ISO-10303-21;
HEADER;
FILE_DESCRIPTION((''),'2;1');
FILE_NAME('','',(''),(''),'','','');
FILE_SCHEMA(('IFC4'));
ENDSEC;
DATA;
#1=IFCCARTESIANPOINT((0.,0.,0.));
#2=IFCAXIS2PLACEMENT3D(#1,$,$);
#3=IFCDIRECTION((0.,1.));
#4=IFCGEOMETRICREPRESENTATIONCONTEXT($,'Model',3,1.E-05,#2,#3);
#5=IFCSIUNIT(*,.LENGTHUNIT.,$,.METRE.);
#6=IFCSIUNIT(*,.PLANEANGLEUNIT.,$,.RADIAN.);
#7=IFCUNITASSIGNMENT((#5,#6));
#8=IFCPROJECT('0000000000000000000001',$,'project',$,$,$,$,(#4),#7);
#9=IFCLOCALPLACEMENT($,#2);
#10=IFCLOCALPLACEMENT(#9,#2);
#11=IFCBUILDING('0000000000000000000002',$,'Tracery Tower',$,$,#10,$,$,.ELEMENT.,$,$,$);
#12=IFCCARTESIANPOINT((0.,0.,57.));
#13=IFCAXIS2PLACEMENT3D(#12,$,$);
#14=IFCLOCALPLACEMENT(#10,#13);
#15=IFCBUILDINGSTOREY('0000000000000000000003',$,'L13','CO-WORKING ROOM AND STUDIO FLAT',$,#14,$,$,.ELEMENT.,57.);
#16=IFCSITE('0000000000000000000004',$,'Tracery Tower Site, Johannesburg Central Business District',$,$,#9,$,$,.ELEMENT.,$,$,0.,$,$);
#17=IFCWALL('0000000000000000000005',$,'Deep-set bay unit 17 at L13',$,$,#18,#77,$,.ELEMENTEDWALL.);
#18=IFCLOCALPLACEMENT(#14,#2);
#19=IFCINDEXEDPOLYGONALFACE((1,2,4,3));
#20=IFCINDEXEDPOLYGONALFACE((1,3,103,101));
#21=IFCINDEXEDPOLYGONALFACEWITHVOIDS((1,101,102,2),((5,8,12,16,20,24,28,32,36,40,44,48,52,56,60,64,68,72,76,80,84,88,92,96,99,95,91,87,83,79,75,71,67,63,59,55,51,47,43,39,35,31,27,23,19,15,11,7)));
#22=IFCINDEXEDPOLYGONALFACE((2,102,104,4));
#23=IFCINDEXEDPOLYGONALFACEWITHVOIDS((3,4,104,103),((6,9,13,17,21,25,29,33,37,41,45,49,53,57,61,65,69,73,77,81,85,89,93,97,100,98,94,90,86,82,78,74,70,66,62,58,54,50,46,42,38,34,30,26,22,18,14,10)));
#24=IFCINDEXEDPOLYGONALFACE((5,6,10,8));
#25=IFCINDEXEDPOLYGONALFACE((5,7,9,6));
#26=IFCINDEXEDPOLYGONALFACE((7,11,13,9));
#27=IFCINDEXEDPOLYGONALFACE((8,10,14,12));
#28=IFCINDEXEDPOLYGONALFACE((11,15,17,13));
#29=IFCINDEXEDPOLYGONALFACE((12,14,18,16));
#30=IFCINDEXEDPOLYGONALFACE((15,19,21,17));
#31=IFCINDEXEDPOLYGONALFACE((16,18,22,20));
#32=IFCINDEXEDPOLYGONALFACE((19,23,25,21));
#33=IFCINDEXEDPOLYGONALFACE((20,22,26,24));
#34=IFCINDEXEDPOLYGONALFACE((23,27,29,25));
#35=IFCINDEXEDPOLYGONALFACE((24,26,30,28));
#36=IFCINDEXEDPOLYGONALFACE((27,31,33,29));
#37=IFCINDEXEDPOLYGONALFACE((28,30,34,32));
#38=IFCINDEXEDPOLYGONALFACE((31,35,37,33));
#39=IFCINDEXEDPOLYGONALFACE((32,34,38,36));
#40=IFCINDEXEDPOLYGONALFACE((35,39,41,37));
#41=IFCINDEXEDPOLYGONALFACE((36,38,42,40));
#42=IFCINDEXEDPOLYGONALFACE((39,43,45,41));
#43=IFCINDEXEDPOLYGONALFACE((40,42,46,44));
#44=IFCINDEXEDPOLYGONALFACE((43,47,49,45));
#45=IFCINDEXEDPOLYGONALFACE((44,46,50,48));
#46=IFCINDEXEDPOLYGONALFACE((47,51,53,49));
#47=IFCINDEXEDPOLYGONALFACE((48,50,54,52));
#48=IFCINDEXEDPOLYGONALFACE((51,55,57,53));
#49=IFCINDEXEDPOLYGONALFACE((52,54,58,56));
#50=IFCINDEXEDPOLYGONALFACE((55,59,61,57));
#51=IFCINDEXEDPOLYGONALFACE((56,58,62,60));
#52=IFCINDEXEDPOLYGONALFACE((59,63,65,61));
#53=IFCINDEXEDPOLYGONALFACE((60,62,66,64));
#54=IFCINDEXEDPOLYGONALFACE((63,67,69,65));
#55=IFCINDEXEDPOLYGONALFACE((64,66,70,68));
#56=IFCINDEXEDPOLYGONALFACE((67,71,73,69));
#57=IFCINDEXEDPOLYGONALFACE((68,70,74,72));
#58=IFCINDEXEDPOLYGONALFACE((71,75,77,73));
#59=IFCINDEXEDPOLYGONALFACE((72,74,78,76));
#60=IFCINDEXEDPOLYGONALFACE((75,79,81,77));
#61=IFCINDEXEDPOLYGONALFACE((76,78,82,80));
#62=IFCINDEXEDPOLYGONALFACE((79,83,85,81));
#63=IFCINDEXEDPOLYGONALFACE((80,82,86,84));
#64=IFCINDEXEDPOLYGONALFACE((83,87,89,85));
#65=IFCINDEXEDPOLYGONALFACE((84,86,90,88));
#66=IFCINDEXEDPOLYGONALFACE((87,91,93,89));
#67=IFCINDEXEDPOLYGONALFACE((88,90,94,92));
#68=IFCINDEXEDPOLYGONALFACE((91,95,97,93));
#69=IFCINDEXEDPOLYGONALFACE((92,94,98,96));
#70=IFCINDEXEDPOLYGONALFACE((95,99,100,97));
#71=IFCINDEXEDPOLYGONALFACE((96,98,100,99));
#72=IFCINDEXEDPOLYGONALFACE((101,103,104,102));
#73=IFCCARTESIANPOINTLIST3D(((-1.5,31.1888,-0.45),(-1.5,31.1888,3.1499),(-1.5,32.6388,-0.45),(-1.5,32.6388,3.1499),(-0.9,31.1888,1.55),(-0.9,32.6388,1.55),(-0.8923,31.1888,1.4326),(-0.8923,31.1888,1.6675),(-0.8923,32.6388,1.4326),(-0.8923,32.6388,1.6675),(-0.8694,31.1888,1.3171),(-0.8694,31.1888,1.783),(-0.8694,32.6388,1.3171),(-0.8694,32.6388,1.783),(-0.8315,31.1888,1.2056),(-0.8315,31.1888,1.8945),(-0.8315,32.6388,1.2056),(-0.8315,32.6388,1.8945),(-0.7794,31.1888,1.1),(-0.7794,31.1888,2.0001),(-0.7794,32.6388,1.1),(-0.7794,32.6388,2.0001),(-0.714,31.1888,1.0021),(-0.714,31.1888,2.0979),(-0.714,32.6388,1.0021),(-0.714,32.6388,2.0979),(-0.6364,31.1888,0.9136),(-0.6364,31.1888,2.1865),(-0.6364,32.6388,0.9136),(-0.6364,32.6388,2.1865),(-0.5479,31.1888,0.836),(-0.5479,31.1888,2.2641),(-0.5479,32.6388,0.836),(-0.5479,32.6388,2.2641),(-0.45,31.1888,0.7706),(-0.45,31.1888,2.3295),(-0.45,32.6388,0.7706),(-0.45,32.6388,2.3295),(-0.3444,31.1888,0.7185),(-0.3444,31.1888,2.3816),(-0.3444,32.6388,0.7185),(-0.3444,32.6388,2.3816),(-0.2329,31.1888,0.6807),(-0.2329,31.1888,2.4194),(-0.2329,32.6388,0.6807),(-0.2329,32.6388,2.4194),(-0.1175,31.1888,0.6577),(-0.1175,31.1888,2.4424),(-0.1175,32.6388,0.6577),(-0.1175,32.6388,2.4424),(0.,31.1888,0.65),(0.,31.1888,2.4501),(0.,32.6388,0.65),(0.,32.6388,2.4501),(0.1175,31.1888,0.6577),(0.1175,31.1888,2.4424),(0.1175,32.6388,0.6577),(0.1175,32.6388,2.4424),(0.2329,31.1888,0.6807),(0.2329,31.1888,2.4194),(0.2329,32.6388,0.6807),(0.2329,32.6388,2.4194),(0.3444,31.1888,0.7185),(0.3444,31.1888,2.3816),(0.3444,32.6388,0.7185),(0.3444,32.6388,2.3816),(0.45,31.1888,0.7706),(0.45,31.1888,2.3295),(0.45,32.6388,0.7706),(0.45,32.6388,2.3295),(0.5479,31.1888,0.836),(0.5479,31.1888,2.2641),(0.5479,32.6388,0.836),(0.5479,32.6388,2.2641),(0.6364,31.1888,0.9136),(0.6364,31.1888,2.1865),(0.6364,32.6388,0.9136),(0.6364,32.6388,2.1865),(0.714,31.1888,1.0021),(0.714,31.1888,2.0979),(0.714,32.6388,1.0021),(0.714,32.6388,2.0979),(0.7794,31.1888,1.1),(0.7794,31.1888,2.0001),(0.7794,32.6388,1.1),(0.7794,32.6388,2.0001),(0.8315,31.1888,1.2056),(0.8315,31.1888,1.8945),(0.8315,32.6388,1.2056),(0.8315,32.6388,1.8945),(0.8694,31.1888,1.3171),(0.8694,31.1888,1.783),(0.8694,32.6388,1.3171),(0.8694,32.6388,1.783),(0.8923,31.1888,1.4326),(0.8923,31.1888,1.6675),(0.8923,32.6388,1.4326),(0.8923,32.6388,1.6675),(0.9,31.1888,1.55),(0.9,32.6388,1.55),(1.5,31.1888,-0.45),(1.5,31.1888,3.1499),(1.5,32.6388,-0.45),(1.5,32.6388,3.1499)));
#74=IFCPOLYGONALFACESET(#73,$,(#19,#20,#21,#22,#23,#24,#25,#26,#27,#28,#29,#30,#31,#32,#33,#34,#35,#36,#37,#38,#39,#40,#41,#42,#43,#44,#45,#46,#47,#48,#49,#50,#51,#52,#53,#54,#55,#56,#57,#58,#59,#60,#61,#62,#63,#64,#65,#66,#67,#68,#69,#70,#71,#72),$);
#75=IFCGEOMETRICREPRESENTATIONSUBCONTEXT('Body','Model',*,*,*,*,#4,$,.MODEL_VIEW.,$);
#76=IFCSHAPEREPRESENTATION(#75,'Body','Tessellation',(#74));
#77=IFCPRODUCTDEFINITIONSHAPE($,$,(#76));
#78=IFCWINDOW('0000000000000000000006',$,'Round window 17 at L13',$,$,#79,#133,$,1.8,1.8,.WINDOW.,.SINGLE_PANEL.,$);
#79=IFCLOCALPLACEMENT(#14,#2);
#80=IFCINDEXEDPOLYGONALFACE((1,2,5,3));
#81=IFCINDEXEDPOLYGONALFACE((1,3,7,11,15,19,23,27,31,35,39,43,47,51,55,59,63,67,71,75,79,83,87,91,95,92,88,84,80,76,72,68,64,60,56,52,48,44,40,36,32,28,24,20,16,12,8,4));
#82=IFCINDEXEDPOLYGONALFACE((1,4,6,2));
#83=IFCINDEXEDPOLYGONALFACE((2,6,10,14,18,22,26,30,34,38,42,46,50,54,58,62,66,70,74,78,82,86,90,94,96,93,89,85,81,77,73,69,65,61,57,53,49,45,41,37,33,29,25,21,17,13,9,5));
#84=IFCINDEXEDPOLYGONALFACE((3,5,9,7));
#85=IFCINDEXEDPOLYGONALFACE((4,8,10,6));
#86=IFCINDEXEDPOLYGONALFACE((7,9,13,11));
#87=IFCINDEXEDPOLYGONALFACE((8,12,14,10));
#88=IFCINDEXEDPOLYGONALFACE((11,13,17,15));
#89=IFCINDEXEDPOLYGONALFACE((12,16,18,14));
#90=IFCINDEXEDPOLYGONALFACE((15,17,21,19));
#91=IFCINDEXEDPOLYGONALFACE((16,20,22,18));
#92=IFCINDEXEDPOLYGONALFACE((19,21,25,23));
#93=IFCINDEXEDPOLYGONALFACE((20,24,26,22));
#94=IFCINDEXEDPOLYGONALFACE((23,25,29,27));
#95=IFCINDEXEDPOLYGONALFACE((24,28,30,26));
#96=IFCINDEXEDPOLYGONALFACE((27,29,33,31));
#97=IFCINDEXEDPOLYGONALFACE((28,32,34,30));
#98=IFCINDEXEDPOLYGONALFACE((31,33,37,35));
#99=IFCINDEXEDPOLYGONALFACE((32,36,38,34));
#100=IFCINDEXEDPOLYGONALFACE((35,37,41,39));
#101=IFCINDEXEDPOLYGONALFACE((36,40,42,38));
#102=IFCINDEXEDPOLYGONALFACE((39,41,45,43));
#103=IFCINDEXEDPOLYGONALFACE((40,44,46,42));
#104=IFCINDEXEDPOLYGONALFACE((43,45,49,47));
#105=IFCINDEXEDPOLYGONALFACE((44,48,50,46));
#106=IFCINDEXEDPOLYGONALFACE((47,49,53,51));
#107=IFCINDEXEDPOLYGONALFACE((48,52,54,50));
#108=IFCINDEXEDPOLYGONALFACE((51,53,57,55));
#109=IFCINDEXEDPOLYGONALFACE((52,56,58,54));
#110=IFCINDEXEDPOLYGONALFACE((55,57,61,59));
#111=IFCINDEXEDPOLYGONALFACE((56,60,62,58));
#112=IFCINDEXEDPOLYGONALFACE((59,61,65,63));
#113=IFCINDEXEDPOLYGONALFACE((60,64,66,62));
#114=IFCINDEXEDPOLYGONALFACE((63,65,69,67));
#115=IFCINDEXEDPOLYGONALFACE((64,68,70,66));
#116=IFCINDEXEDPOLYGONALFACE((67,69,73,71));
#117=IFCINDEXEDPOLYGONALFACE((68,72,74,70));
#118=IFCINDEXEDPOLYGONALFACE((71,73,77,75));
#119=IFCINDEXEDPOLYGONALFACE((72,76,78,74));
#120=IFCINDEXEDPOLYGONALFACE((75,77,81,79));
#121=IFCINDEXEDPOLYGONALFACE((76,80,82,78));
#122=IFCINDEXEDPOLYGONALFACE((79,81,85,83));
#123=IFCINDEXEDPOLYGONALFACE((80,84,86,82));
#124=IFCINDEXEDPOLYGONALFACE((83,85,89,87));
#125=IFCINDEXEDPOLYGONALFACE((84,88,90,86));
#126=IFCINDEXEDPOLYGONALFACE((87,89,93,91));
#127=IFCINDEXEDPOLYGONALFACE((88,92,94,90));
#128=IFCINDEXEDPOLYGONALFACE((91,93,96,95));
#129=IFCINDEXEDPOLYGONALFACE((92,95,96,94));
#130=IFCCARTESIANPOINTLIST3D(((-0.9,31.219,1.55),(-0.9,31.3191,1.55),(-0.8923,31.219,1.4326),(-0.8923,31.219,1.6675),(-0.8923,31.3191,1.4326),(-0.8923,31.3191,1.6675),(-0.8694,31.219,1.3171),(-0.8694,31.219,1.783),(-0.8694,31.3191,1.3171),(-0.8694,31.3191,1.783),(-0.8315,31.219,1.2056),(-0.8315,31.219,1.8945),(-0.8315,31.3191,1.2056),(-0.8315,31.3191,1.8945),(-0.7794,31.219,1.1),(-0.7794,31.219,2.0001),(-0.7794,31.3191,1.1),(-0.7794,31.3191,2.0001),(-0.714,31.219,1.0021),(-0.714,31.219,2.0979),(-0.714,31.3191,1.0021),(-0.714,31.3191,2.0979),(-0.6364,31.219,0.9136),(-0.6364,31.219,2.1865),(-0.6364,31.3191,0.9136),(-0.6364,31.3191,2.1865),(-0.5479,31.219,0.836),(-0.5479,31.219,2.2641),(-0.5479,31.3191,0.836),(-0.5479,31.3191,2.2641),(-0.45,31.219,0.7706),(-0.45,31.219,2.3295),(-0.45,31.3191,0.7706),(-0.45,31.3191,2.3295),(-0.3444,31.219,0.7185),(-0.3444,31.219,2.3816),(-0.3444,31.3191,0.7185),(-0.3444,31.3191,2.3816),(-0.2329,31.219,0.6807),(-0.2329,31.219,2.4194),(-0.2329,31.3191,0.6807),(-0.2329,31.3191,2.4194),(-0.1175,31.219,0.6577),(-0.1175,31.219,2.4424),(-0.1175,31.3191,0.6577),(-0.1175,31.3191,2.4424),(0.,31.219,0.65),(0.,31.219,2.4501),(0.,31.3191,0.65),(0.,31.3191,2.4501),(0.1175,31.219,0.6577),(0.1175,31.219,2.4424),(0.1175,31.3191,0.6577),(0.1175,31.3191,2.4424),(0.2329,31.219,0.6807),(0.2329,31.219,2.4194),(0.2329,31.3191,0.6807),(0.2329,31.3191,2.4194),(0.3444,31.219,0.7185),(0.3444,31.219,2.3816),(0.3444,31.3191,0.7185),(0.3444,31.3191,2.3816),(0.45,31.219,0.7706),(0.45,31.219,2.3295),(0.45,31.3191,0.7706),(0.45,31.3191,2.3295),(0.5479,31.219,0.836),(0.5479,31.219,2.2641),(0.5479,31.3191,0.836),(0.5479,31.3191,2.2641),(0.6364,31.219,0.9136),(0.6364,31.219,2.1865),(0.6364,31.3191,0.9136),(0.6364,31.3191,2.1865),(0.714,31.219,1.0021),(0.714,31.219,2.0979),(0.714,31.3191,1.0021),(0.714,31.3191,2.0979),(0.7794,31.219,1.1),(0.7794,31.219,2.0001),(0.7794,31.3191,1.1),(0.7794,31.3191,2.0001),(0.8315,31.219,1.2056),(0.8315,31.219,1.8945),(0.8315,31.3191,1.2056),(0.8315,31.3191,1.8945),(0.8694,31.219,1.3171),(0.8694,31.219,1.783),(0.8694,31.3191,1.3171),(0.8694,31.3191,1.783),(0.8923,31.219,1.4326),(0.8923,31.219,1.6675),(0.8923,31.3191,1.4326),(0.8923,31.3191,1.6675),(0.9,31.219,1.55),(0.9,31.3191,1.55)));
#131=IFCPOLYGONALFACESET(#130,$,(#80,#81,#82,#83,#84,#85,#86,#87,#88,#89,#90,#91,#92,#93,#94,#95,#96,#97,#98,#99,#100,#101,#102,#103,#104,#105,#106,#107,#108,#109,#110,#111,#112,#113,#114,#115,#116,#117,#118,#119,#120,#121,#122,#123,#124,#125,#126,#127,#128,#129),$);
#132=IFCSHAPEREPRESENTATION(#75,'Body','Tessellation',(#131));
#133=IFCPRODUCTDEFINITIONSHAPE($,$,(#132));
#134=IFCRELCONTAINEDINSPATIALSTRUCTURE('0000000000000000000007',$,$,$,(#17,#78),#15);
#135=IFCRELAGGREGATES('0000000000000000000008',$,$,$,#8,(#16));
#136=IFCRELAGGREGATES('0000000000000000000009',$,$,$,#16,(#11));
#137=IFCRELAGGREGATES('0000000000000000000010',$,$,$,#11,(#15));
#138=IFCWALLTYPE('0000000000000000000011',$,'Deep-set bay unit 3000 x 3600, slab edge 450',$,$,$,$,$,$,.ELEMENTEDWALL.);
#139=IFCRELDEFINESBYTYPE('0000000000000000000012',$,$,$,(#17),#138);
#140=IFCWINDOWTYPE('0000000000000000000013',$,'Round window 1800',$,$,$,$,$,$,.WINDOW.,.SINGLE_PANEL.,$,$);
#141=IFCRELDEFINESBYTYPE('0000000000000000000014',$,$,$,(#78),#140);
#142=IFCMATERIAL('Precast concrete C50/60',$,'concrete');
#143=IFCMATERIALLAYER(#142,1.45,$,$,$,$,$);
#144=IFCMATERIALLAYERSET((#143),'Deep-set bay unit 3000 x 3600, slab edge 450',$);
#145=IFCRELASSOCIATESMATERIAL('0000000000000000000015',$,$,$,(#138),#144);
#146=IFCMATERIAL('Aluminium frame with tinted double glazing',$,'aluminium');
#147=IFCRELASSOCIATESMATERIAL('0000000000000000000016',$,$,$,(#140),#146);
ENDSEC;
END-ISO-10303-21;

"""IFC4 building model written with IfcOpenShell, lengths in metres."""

from ifc_helpers import new_model, si_unit, direction, frame, frame_2d, origin, origin_2d, place, context, subcontext, project, spatial, rectangle, circle, extrude, material, layer, layer_set, type_object, element, fill, save


model = new_model("IFC4")

# Units and contexts
model_context = context("Model", 3, precision=1e-05, world=origin(), true_north=direction((0.0, 1.0)))
body_context = subcontext(model_context, "Body", "Model", "MODEL_VIEW")
ifc_project = project(units=[si_unit("LENGTHUNIT", "METRE"), si_unit("PLANEANGLEUNIT", "RADIAN")], contexts=[model_context])

# Site, building, storey
site_placement = place(None, origin())
site = spatial("IfcSite", under=ifc_project, at=site_placement, Name="Tracery Tower Site, Johannesburg Central Business District", CompositionType="ELEMENT", RefElevation=0.0)
building_placement = place(site_placement, origin())
building = spatial("IfcBuilding", under=site, at=building_placement, Name="Tracery Tower", CompositionType="ELEMENT")
storey_placement = place(building_placement, frame((0.0, 0.0, 57.0)))
storey = spatial("IfcBuildingStorey", under=building, at=storey_placement, Name="L13", Description="CO-WORKING ROOM AND STUDIO FLAT", CompositionType="ELEMENT", Elevation=57.0)

# Wall, opening, window
ifc_material_1 = material(Name="Precast concrete C50/60", Category="concrete")
ifc_layer_1 = layer(ifc_material_1, 1.45)
ifc_layer_set_1 = layer_set([ifc_layer_1], Name="Deep-set bay unit 3000 x 3600, slab edge 450")
wall_type_1 = type_object("IfcWallType", Name="Deep-set bay unit 3000 x 3600, slab edge 450", PredefinedType="ELEMENTEDWALL", material=ifc_layer_set_1)
wall_1_placement = place(storey_placement, frame((1.5, 31.9138, -0.45), z_axis=(0.0, 0.0, 1.0), x_axis=(-1.0, 0.0, 0.0)))
wall_1 = element("IfcWall", 1, at=wall_1_placement, inside=storey, type_object=wall_type_1, Name="Deep-set bay unit 17 at L13", PredefinedType="ELEMENTEDWALL", context=body_context, shape_type="SweptSolid", body=[
    extrude(rectangle(XDim=3.0, YDim=1.45, at=frame_2d((1.5, 0.0))), origin(), (0.0, 0.0, 1.0), 3.5999),
])
opening_1_placement = place(wall_1_placement, frame((1.5, 0.0, 2.0)))
opening_1 = element("IfcOpeningElement", 2, at=opening_1_placement, cuts=wall_1, PredefinedType="OPENING", context=body_context, shape_type="SweptSolid", body=[
    extrude(circle(Radius=0.9, at=origin_2d()), frame((0.0, 0.7349, 0.0), z_axis=(0.0, -1.0, 0.0), x_axis=(1.0, 0.0, 0.0)), (0.0, 0.0, 1.0), 1.47),
])
ifc_material_2 = material(Name="Aluminium frame with tinted double glazing", Category="aluminium")
window_type = type_object("IfcWindowType", Name="Round window 1800", PartitioningType="SINGLE_PANEL", PredefinedType="WINDOW", material=ifc_material_2)
window_1_placement = place(opening_1_placement, origin())
window_1 = element("IfcWindow", 3, at=window_1_placement, inside=storey, type_object=window_type, Name="Round window 17 at L13", OverallHeight=1.8, OverallWidth=1.8, PartitioningType="SINGLE_PANEL", PredefinedType="WINDOW", context=body_context, shape_type="SweptSolid", body=[
    extrude(circle(Radius=0.9, at=origin_2d()), frame((0.0, 0.6948, 0.0), z_axis=(0.0, -1.0, 0.0), x_axis=(1.0, 0.0, 0.0)), (0.0, 0.0, 1.0), 0.1001),
])
fill(opening_1, window_1)

save(model, "model.ifc")
